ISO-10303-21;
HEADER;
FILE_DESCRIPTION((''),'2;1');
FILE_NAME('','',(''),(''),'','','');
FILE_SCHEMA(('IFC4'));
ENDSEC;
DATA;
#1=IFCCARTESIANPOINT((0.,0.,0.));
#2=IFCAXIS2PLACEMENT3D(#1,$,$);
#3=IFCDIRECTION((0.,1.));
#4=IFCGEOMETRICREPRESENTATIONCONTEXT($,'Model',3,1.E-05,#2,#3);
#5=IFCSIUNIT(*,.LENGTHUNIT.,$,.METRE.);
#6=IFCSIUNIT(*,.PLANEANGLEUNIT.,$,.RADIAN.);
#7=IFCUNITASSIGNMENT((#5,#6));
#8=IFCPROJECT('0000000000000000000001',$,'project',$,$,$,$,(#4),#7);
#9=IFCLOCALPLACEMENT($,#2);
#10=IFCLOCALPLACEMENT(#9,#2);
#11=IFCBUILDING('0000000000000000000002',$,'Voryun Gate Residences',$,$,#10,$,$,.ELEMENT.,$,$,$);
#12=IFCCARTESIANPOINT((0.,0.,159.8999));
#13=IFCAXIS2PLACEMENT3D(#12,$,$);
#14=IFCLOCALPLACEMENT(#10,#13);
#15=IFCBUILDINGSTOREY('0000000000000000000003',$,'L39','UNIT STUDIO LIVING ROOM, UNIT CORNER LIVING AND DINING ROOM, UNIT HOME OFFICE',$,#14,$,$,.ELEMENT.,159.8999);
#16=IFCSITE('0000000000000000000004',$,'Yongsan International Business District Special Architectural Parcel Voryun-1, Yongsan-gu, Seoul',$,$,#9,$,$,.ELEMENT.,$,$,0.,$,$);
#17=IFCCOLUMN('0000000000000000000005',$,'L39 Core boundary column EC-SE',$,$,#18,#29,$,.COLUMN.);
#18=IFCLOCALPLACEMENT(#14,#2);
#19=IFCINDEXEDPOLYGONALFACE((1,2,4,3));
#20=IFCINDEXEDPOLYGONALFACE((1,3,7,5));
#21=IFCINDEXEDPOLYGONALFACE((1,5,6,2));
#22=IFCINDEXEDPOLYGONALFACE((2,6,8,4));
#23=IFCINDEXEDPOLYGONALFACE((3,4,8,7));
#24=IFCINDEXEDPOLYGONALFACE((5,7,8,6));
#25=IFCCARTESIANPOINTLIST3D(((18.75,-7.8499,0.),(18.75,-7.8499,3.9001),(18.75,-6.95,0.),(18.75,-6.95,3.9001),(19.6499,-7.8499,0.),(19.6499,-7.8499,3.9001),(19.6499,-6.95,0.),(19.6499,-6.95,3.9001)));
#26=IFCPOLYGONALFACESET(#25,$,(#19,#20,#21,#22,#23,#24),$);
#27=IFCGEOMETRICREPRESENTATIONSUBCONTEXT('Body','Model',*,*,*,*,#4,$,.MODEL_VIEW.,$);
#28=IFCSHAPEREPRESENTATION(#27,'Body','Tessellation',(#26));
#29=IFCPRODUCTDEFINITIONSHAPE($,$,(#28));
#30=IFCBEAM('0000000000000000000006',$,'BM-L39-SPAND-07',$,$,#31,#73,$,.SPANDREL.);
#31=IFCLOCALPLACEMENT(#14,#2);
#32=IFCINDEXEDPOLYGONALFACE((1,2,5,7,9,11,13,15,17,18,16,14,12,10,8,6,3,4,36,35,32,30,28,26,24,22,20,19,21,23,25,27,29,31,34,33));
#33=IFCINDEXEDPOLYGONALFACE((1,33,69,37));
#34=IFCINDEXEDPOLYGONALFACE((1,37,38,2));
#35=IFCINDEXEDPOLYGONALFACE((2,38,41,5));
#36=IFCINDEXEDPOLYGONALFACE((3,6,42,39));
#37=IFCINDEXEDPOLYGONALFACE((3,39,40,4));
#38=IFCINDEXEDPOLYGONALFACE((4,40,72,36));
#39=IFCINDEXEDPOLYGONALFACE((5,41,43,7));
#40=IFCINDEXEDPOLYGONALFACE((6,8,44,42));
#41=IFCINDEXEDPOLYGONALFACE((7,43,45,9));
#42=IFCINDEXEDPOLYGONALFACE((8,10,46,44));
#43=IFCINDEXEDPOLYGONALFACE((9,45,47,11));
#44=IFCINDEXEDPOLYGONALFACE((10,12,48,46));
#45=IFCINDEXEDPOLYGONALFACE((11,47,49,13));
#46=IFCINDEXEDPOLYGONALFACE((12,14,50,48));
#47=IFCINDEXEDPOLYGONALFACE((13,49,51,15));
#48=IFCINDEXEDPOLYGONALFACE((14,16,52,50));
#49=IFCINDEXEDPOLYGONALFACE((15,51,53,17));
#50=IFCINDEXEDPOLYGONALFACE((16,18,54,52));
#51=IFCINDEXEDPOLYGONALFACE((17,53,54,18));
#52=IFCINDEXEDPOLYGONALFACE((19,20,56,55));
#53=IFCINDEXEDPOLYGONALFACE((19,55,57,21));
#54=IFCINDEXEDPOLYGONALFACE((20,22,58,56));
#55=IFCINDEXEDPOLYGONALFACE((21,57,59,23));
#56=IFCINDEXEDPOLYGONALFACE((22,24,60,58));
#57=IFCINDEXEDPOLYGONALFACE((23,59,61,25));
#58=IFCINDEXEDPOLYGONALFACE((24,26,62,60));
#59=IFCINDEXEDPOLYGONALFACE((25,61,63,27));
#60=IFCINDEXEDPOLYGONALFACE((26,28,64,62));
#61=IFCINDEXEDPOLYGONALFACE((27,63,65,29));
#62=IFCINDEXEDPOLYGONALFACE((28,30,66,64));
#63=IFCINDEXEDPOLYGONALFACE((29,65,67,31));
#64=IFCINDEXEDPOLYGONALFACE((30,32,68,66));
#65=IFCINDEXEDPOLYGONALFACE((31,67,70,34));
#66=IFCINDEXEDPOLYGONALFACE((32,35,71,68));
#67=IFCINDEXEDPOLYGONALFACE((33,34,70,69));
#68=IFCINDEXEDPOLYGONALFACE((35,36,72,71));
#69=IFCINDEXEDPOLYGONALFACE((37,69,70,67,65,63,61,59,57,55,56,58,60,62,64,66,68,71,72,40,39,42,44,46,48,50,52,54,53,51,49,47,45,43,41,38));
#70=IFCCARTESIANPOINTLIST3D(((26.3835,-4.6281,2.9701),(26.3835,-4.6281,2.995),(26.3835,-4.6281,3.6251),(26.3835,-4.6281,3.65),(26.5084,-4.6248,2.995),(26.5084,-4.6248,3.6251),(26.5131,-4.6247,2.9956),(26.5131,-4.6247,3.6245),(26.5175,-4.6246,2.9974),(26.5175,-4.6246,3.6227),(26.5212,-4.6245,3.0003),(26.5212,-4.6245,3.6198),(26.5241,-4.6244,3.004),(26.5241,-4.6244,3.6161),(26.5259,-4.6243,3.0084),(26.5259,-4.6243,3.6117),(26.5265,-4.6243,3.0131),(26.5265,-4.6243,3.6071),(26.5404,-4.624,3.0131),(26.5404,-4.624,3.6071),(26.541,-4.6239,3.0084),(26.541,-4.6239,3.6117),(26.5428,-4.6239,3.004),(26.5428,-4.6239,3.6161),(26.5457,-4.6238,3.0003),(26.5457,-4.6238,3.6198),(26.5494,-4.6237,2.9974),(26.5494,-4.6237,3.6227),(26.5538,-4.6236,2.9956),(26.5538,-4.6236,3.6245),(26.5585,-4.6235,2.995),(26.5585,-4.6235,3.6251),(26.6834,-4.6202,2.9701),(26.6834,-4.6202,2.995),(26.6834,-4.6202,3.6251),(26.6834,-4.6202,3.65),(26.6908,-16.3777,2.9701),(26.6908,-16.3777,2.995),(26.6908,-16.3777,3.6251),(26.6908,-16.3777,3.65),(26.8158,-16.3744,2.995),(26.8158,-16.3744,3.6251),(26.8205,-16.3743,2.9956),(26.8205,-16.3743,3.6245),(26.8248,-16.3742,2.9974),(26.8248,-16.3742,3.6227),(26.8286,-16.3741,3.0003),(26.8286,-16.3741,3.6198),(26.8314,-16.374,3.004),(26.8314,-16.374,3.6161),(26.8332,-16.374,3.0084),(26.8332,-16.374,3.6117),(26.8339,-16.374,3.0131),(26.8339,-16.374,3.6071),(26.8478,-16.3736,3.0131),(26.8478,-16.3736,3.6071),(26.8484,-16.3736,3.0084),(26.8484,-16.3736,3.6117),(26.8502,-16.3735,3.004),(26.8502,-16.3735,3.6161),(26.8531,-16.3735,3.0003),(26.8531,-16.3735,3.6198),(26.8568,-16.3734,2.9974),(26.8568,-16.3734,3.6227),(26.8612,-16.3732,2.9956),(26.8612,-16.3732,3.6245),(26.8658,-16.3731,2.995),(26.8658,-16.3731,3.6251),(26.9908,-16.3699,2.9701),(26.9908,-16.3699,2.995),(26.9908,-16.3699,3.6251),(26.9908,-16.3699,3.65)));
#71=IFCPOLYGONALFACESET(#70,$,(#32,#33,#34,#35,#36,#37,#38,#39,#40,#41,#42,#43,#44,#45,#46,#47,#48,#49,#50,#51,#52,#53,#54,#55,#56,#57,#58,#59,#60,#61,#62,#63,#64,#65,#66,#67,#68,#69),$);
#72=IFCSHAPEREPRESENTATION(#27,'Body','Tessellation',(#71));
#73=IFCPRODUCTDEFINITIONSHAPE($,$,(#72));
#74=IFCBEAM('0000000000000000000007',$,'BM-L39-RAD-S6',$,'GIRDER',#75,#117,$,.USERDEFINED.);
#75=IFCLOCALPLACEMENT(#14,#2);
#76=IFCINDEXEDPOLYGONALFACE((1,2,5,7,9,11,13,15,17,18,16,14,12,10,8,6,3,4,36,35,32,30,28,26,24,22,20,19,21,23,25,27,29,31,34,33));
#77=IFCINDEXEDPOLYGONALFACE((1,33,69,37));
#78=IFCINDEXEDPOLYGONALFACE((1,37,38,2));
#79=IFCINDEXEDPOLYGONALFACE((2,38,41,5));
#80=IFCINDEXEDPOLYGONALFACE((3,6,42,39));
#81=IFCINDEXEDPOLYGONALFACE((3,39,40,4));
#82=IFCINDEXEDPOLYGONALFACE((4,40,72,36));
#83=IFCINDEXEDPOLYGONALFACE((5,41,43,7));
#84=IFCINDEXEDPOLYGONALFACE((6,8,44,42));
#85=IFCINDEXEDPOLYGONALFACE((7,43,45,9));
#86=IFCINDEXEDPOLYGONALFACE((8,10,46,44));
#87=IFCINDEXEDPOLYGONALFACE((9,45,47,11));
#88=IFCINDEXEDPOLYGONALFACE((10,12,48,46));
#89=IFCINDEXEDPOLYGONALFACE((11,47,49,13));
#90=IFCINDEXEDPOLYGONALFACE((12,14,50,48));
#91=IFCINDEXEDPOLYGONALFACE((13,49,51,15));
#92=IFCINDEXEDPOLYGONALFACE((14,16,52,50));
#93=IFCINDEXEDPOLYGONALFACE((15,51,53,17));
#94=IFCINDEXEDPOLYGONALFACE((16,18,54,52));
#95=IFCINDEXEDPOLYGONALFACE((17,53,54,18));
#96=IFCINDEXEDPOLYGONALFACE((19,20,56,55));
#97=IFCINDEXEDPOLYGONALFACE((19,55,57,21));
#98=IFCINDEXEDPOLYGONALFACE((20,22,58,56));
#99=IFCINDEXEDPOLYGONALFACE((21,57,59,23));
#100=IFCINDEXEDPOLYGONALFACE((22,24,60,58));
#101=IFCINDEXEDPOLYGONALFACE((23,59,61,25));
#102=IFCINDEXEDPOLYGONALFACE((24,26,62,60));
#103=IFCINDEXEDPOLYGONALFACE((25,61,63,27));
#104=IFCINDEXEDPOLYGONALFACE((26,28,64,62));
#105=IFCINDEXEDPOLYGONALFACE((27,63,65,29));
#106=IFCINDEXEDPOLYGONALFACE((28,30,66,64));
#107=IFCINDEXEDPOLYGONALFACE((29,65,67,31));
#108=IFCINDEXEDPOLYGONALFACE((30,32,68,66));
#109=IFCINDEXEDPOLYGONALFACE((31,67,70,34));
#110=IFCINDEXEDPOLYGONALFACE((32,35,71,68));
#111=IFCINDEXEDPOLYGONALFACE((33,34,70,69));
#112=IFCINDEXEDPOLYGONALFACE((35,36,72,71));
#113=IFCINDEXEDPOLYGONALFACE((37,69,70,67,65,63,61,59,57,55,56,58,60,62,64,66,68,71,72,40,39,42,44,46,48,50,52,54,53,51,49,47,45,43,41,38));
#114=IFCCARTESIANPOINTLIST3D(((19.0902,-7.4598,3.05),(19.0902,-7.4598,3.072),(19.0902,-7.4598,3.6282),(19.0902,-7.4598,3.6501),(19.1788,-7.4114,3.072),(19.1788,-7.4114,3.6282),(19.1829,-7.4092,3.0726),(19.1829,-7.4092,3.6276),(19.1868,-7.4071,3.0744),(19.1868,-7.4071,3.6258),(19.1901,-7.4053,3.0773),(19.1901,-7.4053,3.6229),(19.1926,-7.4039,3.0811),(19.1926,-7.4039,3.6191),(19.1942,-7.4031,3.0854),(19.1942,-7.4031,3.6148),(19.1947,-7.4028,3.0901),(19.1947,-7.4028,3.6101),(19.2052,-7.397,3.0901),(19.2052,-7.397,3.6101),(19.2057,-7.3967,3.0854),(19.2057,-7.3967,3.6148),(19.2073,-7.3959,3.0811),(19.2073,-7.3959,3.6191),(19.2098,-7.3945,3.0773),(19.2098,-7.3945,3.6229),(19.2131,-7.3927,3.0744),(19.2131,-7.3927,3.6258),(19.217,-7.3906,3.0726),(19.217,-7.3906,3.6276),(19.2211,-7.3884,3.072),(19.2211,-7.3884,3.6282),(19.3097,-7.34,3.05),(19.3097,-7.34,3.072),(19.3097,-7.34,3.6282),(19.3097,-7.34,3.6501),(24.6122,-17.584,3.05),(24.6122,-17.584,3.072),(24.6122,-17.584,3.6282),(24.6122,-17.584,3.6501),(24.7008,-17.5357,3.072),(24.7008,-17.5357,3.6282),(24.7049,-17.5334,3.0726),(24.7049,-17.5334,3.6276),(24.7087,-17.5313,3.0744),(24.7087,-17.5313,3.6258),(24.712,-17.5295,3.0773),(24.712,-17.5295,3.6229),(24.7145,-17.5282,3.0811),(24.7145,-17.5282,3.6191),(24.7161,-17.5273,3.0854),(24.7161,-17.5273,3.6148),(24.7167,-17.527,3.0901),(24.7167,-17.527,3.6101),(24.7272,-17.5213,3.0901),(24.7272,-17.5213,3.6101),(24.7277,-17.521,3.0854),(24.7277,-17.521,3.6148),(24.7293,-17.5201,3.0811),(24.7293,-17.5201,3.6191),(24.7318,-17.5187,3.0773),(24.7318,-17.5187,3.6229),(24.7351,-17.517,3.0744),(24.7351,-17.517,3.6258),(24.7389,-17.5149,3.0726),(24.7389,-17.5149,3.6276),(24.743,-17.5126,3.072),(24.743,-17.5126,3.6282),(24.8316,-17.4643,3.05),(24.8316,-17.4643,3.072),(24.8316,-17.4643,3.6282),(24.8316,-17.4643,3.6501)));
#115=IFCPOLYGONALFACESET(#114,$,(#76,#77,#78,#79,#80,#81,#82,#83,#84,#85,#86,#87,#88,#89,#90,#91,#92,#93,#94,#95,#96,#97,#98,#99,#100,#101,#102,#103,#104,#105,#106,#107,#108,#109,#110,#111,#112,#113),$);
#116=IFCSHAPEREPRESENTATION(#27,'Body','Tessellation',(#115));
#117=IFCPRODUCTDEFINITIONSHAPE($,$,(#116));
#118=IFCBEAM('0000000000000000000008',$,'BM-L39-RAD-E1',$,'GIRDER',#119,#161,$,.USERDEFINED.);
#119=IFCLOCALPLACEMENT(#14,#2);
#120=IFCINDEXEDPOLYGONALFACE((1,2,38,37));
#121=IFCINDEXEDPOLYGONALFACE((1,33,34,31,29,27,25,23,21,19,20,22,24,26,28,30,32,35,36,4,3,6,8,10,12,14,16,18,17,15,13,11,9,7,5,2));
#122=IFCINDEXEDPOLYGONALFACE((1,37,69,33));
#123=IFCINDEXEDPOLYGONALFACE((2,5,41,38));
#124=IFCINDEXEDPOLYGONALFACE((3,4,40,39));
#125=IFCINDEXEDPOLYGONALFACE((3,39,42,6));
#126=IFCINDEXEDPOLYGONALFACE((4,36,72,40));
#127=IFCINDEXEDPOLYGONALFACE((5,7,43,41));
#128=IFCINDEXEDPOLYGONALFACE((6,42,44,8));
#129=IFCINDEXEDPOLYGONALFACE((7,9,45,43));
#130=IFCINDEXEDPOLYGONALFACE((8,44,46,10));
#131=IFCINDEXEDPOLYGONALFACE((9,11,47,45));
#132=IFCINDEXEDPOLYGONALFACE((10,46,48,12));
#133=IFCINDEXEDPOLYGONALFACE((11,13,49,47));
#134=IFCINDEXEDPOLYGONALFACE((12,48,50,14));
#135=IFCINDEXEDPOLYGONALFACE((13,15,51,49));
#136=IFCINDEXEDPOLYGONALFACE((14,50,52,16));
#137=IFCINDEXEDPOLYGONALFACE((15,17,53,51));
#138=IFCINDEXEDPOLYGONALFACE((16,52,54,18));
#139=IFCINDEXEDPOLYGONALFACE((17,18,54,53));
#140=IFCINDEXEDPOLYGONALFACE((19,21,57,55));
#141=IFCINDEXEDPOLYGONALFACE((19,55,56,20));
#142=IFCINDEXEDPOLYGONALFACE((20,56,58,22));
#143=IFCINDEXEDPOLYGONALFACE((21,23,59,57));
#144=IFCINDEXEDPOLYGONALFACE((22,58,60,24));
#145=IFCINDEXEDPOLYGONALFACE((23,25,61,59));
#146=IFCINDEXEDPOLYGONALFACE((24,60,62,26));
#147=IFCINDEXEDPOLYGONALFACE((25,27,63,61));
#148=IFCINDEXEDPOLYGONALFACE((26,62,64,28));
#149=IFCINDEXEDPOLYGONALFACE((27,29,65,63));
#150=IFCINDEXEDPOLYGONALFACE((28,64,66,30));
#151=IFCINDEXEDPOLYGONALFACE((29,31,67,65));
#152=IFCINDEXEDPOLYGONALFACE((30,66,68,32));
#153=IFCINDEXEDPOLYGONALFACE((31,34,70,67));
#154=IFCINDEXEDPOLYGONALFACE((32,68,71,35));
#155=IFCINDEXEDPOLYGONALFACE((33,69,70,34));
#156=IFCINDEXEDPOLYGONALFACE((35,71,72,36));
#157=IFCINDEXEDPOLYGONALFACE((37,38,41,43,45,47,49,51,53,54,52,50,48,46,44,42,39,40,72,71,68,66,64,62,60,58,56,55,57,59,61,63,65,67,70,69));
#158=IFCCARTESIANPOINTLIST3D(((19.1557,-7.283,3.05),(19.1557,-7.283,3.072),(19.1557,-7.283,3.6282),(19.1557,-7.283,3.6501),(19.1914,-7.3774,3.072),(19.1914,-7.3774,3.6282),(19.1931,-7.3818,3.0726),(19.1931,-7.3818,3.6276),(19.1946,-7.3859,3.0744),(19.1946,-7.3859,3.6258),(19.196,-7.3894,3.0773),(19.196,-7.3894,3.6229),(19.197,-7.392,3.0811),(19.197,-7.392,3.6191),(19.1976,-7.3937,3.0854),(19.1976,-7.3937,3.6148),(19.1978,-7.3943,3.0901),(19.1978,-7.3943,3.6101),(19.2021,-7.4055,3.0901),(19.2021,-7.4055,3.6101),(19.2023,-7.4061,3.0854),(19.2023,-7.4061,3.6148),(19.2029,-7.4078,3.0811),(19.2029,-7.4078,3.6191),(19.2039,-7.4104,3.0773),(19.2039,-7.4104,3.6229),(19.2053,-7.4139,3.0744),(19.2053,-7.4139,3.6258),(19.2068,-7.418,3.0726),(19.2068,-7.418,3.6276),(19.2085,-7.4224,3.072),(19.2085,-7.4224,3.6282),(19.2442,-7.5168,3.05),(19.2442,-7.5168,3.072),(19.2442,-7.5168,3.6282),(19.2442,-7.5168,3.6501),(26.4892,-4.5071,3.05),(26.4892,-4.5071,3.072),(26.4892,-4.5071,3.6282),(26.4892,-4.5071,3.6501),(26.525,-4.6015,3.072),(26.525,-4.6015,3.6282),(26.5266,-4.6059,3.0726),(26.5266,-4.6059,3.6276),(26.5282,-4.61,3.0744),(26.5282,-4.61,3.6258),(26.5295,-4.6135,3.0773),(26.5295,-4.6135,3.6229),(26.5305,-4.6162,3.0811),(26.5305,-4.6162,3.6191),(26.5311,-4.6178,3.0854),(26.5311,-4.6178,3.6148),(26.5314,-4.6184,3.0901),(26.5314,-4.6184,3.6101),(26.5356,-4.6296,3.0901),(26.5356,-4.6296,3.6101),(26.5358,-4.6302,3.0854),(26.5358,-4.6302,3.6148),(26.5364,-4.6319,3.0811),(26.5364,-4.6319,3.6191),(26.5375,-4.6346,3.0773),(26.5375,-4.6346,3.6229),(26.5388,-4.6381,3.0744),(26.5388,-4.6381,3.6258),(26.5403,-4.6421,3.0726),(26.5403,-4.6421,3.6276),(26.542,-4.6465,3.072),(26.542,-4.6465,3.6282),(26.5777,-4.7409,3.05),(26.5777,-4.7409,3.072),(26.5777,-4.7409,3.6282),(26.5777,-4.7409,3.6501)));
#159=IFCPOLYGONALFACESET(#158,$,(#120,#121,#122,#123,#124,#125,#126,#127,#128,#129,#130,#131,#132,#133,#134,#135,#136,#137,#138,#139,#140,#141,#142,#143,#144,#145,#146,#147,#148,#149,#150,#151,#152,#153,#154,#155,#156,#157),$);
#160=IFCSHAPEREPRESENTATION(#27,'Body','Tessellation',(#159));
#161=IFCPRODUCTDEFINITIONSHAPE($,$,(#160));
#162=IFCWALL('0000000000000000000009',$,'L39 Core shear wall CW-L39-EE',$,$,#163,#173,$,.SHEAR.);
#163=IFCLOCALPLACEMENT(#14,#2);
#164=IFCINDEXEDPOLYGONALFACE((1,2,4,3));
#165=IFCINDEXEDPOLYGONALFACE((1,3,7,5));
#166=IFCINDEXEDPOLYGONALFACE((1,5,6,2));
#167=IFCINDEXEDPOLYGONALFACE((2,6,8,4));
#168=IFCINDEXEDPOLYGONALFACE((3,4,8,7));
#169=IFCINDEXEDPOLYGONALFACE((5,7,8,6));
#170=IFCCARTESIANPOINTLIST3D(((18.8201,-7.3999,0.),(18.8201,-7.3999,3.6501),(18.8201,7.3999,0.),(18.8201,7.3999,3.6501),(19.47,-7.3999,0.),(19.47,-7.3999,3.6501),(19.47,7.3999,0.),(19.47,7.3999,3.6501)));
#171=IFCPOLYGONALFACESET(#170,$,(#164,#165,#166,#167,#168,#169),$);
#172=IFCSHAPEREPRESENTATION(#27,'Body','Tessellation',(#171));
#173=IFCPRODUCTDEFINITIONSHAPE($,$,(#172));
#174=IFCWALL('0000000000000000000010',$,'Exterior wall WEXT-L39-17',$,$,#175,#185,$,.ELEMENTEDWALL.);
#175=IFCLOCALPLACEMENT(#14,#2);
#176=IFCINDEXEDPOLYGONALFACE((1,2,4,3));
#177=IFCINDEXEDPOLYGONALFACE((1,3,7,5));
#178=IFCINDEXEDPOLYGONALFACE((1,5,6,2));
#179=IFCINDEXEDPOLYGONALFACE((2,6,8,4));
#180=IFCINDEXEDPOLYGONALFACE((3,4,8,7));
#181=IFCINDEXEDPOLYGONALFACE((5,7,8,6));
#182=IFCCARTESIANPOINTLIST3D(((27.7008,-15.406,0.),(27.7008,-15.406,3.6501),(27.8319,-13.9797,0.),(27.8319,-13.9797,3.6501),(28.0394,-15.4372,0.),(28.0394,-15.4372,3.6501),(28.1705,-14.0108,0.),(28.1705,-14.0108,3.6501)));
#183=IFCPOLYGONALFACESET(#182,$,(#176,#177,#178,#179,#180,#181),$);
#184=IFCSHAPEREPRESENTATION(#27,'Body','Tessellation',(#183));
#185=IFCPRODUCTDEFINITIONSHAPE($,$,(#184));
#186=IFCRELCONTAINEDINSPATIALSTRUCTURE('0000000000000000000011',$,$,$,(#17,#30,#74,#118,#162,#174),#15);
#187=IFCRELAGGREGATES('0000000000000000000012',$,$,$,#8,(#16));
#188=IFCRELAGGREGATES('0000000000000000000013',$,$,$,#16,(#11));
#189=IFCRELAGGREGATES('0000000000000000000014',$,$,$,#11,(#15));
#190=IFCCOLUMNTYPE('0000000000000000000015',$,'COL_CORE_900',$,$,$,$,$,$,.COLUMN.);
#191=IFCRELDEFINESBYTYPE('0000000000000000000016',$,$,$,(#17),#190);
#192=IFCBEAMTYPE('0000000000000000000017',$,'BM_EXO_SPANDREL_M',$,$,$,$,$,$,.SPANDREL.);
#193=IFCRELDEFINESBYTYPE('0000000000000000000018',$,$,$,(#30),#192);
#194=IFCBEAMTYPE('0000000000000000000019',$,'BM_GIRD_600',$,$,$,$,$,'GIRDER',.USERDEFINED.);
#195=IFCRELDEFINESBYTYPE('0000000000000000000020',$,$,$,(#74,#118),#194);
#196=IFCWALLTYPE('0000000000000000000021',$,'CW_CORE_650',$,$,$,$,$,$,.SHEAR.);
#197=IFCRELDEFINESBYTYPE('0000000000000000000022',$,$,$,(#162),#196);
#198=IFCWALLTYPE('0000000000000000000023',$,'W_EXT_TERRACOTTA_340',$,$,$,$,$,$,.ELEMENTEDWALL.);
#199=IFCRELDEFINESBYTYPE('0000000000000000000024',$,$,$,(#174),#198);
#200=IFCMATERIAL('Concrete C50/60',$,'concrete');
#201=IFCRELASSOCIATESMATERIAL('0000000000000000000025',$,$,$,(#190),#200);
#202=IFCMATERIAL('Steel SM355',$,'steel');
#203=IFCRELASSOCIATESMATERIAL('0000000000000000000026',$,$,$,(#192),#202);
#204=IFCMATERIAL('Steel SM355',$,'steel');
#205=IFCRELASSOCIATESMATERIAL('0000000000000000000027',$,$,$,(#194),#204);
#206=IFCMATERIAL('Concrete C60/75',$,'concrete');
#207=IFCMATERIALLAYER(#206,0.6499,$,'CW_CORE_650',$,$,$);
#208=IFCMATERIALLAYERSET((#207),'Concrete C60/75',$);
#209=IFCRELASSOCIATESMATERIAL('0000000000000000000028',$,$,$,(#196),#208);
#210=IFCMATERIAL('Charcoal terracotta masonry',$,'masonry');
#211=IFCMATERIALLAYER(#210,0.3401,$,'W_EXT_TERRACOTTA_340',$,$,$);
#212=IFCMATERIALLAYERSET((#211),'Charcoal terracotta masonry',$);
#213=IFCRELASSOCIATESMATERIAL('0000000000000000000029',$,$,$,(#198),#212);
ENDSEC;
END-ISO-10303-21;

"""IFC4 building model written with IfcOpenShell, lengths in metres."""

from ifc_helpers import new_model, si_unit, direction, frame, frame_2d, origin, origin_2d, place, context, subcontext, project, spatial, rectangle, i_section, extrude, material, layer, layer_set, material_profile, profile_set, type_object, element, save


model = new_model("IFC4")

# Units and contexts
model_context = context("Model", 3, precision=1e-05, world=origin(), true_north=direction((0.0, 1.0)))
body_context = subcontext(model_context, "Body", "Model", "MODEL_VIEW")
ifc_project = project(units=[si_unit("LENGTHUNIT", "METRE"), si_unit("PLANEANGLEUNIT", "RADIAN")], contexts=[model_context])

# Site, building, storey
site_placement = place(None, origin())
site = spatial("IfcSite", under=ifc_project, at=site_placement, Name="Yongsan International Business District Special Architectural Parcel Voryun-1, Yongsan-gu, Seoul", CompositionType="ELEMENT", RefElevation=0.0)
building_placement = place(site_placement, origin())
building = spatial("IfcBuilding", under=site, at=building_placement, Name="Voryun Gate Residences", CompositionType="ELEMENT")
storey_placement = place(building_placement, frame((0.0, 0.0, 159.8999)))
storey = spatial("IfcBuildingStorey", under=building, at=storey_placement, Name="L39", Description="UNIT STUDIO LIVING ROOM, UNIT CORNER LIVING AND DINING ROOM, UNIT HOME OFFICE", CompositionType="ELEMENT", Elevation=159.8999)

# Column
ifc_material_1 = material(Name="Concrete C50/60", Category="concrete")
ifc_material_profile_1 = material_profile(ifc_material_1, rectangle(XDim=0.8999, YDim=0.8999, at=origin_2d()), Name="RC-900x900")
ifc_profile_set_1 = profile_set([ifc_material_profile_1], Name="Concrete C50/60")
column_type = type_object("IfcColumnType", Name="COL_CORE_900", PredefinedType="COLUMN", material=ifc_profile_set_1)
column_placement = place(storey_placement, frame((19.2, -7.3999, 0.0), z_axis=(0.0, 0.0, 1.0), x_axis=(1.0, 0.0, 0.0)))
element("IfcColumn", 1, at=column_placement, inside=storey, type_object=column_type, Name="L39 Core boundary column EC-SE", PredefinedType="COLUMN", context=body_context, shape_type="SweptSolid", body=[
    extrude(rectangle(XDim=0.8999, YDim=0.8999, at=origin_2d()), origin(), (0.0, 0.0, 1.0), 3.9001),
])

# Beams
ifc_material_2 = material(Name="Steel SM355", Category="steel")
ifc_material_profile_2 = material_profile(ifc_material_2, i_section(OverallWidth=0.3, OverallDepth=0.6799, WebThickness=0.0139, FlangeThickness=0.0249, FilletRadius=0.0181, at=origin_2d()), Name="H-680x300x14x25")
ifc_profile_set_2 = profile_set([ifc_material_profile_2], Name="Steel SM355")
beam_type_1 = type_object("IfcBeamType", Name="BM_EXO_SPANDREL_M", PredefinedType="SPANDREL", material=ifc_profile_set_2)
beam_1_placement = place(storey_placement, frame((26.8408, -16.3738, 3.3101), z_axis=(-0.026151, 0.999658, 0.0), x_axis=(-0.999658, -0.026151, 0.0)))
element("IfcBeam", 2, at=beam_1_placement, inside=storey, type_object=beam_type_1, Name="BM-L39-SPAND-07", PredefinedType="SPANDREL", context=body_context, shape_type="SweptSolid", body=[
    extrude(i_section(OverallWidth=0.3, OverallDepth=0.6799, WebThickness=0.0139, FlangeThickness=0.0249, FilletRadius=0.0181, at=origin_2d()), origin(), (0.0, 0.0, 1.0), 11.7537),
])
ifc_material_3 = material(Name="Steel SM355", Category="steel")
ifc_material_profile_3 = material_profile(ifc_material_3, i_section(OverallWidth=0.25, OverallDepth=0.6001, WebThickness=0.012, FlangeThickness=0.022, FilletRadius=0.0181, at=origin_2d()), Name="H-600x250x12x22")
ifc_profile_set_3 = profile_set([ifc_material_profile_3], Name="Steel SM355")
beam_type_2 = type_object("IfcBeamType", Name="BM_GIRD_600", ElementType="GIRDER", PredefinedType="USERDEFINED", material=ifc_profile_set_3)
beam_2_placement = place(storey_placement, frame((19.2, -7.3999, 3.3501), z_axis=(0.478828, -0.877909, 0.0), x_axis=(0.877909, 0.478828, 0.0)))
element("IfcBeam", 3, at=beam_2_placement, inside=storey, type_object=beam_type_2, Name="BM-L39-RAD-S6", ObjectType="GIRDER", PredefinedType="USERDEFINED", context=body_context, shape_type="SweptSolid", body=[
    extrude(i_section(OverallWidth=0.25, OverallDepth=0.6001, WebThickness=0.012, FlangeThickness=0.022, FilletRadius=0.0181, at=origin_2d()), origin(), (0.0, 0.0, 1.0), 11.5322),
])
beam_3_placement = place(storey_placement, frame((19.2, -7.3999, 3.3501), z_axis=(0.935242, 0.354008, 0.0), x_axis=(-0.354008, 0.935242, 0.0)))
element("IfcBeam", 4, at=beam_3_placement, inside=storey, type_object=beam_type_2, Name="BM-L39-RAD-E1", ObjectType="GIRDER", PredefinedType="USERDEFINED", context=body_context, shape_type="SweptSolid", body=[
    extrude(i_section(OverallWidth=0.25, OverallDepth=0.6001, WebThickness=0.012, FlangeThickness=0.022, FilletRadius=0.0181, at=origin_2d()), origin(), (0.0, 0.0, 1.0), 7.8413),
])

# Walls
ifc_material_4 = material(Name="Concrete C60/75", Category="concrete")
ifc_layer_1 = layer(ifc_material_4, 0.6499, Name="CW_CORE_650")
ifc_layer_set_1 = layer_set([ifc_layer_1], Name="Concrete C60/75")
wall_type_1 = type_object("IfcWallType", Name="CW_CORE_650", PredefinedType="SHEAR", material=ifc_layer_set_1)
wall_1_placement = place(storey_placement, frame((19.145, -7.3999, 0.0), z_axis=(0.0, 0.0, 1.0), x_axis=(0.0, 1.0, 0.0)))
element("IfcWall", 5, at=wall_1_placement, inside=storey, type_object=wall_type_1, Name="L39 Core shear wall CW-L39-EE", PredefinedType="SHEAR", context=body_context, shape_type="SweptSolid", body=[
    extrude(rectangle(XDim=14.7998, YDim=0.6499, at=frame_2d((7.3999, 0.0))), origin(), (0.0, 0.0, 1.0), 3.6501),
])
ifc_material_5 = material(Name="Charcoal terracotta masonry", Category="masonry")
ifc_layer_2 = layer(ifc_material_5, 0.3401, Name="W_EXT_TERRACOTTA_340")
ifc_layer_set_2 = layer_set([ifc_layer_2], Name="Charcoal terracotta masonry")
wall_type_2 = type_object("IfcWallType", Name="W_EXT_TERRACOTTA_340", PredefinedType="ELEMENTEDWALL", material=ifc_layer_set_2)
wall_2_placement = place(storey_placement, frame((28.0012, -13.9951, 0.0), z_axis=(0.0, 0.0, 1.0), x_axis=(-0.091535, -0.995802, 0.0)))
element("IfcWall", 6, at=wall_2_placement, inside=storey, type_object=wall_type_2, Name="Exterior wall WEXT-L39-17", PredefinedType="ELEMENTEDWALL", context=body_context, shape_type="SweptSolid", body=[
    extrude(rectangle(XDim=1.4324, YDim=0.3401, at=frame_2d((0.7163, 0.0))), origin(), (0.0, 0.0, 1.0), 3.6501),
])

save(model, "model.ifc")
